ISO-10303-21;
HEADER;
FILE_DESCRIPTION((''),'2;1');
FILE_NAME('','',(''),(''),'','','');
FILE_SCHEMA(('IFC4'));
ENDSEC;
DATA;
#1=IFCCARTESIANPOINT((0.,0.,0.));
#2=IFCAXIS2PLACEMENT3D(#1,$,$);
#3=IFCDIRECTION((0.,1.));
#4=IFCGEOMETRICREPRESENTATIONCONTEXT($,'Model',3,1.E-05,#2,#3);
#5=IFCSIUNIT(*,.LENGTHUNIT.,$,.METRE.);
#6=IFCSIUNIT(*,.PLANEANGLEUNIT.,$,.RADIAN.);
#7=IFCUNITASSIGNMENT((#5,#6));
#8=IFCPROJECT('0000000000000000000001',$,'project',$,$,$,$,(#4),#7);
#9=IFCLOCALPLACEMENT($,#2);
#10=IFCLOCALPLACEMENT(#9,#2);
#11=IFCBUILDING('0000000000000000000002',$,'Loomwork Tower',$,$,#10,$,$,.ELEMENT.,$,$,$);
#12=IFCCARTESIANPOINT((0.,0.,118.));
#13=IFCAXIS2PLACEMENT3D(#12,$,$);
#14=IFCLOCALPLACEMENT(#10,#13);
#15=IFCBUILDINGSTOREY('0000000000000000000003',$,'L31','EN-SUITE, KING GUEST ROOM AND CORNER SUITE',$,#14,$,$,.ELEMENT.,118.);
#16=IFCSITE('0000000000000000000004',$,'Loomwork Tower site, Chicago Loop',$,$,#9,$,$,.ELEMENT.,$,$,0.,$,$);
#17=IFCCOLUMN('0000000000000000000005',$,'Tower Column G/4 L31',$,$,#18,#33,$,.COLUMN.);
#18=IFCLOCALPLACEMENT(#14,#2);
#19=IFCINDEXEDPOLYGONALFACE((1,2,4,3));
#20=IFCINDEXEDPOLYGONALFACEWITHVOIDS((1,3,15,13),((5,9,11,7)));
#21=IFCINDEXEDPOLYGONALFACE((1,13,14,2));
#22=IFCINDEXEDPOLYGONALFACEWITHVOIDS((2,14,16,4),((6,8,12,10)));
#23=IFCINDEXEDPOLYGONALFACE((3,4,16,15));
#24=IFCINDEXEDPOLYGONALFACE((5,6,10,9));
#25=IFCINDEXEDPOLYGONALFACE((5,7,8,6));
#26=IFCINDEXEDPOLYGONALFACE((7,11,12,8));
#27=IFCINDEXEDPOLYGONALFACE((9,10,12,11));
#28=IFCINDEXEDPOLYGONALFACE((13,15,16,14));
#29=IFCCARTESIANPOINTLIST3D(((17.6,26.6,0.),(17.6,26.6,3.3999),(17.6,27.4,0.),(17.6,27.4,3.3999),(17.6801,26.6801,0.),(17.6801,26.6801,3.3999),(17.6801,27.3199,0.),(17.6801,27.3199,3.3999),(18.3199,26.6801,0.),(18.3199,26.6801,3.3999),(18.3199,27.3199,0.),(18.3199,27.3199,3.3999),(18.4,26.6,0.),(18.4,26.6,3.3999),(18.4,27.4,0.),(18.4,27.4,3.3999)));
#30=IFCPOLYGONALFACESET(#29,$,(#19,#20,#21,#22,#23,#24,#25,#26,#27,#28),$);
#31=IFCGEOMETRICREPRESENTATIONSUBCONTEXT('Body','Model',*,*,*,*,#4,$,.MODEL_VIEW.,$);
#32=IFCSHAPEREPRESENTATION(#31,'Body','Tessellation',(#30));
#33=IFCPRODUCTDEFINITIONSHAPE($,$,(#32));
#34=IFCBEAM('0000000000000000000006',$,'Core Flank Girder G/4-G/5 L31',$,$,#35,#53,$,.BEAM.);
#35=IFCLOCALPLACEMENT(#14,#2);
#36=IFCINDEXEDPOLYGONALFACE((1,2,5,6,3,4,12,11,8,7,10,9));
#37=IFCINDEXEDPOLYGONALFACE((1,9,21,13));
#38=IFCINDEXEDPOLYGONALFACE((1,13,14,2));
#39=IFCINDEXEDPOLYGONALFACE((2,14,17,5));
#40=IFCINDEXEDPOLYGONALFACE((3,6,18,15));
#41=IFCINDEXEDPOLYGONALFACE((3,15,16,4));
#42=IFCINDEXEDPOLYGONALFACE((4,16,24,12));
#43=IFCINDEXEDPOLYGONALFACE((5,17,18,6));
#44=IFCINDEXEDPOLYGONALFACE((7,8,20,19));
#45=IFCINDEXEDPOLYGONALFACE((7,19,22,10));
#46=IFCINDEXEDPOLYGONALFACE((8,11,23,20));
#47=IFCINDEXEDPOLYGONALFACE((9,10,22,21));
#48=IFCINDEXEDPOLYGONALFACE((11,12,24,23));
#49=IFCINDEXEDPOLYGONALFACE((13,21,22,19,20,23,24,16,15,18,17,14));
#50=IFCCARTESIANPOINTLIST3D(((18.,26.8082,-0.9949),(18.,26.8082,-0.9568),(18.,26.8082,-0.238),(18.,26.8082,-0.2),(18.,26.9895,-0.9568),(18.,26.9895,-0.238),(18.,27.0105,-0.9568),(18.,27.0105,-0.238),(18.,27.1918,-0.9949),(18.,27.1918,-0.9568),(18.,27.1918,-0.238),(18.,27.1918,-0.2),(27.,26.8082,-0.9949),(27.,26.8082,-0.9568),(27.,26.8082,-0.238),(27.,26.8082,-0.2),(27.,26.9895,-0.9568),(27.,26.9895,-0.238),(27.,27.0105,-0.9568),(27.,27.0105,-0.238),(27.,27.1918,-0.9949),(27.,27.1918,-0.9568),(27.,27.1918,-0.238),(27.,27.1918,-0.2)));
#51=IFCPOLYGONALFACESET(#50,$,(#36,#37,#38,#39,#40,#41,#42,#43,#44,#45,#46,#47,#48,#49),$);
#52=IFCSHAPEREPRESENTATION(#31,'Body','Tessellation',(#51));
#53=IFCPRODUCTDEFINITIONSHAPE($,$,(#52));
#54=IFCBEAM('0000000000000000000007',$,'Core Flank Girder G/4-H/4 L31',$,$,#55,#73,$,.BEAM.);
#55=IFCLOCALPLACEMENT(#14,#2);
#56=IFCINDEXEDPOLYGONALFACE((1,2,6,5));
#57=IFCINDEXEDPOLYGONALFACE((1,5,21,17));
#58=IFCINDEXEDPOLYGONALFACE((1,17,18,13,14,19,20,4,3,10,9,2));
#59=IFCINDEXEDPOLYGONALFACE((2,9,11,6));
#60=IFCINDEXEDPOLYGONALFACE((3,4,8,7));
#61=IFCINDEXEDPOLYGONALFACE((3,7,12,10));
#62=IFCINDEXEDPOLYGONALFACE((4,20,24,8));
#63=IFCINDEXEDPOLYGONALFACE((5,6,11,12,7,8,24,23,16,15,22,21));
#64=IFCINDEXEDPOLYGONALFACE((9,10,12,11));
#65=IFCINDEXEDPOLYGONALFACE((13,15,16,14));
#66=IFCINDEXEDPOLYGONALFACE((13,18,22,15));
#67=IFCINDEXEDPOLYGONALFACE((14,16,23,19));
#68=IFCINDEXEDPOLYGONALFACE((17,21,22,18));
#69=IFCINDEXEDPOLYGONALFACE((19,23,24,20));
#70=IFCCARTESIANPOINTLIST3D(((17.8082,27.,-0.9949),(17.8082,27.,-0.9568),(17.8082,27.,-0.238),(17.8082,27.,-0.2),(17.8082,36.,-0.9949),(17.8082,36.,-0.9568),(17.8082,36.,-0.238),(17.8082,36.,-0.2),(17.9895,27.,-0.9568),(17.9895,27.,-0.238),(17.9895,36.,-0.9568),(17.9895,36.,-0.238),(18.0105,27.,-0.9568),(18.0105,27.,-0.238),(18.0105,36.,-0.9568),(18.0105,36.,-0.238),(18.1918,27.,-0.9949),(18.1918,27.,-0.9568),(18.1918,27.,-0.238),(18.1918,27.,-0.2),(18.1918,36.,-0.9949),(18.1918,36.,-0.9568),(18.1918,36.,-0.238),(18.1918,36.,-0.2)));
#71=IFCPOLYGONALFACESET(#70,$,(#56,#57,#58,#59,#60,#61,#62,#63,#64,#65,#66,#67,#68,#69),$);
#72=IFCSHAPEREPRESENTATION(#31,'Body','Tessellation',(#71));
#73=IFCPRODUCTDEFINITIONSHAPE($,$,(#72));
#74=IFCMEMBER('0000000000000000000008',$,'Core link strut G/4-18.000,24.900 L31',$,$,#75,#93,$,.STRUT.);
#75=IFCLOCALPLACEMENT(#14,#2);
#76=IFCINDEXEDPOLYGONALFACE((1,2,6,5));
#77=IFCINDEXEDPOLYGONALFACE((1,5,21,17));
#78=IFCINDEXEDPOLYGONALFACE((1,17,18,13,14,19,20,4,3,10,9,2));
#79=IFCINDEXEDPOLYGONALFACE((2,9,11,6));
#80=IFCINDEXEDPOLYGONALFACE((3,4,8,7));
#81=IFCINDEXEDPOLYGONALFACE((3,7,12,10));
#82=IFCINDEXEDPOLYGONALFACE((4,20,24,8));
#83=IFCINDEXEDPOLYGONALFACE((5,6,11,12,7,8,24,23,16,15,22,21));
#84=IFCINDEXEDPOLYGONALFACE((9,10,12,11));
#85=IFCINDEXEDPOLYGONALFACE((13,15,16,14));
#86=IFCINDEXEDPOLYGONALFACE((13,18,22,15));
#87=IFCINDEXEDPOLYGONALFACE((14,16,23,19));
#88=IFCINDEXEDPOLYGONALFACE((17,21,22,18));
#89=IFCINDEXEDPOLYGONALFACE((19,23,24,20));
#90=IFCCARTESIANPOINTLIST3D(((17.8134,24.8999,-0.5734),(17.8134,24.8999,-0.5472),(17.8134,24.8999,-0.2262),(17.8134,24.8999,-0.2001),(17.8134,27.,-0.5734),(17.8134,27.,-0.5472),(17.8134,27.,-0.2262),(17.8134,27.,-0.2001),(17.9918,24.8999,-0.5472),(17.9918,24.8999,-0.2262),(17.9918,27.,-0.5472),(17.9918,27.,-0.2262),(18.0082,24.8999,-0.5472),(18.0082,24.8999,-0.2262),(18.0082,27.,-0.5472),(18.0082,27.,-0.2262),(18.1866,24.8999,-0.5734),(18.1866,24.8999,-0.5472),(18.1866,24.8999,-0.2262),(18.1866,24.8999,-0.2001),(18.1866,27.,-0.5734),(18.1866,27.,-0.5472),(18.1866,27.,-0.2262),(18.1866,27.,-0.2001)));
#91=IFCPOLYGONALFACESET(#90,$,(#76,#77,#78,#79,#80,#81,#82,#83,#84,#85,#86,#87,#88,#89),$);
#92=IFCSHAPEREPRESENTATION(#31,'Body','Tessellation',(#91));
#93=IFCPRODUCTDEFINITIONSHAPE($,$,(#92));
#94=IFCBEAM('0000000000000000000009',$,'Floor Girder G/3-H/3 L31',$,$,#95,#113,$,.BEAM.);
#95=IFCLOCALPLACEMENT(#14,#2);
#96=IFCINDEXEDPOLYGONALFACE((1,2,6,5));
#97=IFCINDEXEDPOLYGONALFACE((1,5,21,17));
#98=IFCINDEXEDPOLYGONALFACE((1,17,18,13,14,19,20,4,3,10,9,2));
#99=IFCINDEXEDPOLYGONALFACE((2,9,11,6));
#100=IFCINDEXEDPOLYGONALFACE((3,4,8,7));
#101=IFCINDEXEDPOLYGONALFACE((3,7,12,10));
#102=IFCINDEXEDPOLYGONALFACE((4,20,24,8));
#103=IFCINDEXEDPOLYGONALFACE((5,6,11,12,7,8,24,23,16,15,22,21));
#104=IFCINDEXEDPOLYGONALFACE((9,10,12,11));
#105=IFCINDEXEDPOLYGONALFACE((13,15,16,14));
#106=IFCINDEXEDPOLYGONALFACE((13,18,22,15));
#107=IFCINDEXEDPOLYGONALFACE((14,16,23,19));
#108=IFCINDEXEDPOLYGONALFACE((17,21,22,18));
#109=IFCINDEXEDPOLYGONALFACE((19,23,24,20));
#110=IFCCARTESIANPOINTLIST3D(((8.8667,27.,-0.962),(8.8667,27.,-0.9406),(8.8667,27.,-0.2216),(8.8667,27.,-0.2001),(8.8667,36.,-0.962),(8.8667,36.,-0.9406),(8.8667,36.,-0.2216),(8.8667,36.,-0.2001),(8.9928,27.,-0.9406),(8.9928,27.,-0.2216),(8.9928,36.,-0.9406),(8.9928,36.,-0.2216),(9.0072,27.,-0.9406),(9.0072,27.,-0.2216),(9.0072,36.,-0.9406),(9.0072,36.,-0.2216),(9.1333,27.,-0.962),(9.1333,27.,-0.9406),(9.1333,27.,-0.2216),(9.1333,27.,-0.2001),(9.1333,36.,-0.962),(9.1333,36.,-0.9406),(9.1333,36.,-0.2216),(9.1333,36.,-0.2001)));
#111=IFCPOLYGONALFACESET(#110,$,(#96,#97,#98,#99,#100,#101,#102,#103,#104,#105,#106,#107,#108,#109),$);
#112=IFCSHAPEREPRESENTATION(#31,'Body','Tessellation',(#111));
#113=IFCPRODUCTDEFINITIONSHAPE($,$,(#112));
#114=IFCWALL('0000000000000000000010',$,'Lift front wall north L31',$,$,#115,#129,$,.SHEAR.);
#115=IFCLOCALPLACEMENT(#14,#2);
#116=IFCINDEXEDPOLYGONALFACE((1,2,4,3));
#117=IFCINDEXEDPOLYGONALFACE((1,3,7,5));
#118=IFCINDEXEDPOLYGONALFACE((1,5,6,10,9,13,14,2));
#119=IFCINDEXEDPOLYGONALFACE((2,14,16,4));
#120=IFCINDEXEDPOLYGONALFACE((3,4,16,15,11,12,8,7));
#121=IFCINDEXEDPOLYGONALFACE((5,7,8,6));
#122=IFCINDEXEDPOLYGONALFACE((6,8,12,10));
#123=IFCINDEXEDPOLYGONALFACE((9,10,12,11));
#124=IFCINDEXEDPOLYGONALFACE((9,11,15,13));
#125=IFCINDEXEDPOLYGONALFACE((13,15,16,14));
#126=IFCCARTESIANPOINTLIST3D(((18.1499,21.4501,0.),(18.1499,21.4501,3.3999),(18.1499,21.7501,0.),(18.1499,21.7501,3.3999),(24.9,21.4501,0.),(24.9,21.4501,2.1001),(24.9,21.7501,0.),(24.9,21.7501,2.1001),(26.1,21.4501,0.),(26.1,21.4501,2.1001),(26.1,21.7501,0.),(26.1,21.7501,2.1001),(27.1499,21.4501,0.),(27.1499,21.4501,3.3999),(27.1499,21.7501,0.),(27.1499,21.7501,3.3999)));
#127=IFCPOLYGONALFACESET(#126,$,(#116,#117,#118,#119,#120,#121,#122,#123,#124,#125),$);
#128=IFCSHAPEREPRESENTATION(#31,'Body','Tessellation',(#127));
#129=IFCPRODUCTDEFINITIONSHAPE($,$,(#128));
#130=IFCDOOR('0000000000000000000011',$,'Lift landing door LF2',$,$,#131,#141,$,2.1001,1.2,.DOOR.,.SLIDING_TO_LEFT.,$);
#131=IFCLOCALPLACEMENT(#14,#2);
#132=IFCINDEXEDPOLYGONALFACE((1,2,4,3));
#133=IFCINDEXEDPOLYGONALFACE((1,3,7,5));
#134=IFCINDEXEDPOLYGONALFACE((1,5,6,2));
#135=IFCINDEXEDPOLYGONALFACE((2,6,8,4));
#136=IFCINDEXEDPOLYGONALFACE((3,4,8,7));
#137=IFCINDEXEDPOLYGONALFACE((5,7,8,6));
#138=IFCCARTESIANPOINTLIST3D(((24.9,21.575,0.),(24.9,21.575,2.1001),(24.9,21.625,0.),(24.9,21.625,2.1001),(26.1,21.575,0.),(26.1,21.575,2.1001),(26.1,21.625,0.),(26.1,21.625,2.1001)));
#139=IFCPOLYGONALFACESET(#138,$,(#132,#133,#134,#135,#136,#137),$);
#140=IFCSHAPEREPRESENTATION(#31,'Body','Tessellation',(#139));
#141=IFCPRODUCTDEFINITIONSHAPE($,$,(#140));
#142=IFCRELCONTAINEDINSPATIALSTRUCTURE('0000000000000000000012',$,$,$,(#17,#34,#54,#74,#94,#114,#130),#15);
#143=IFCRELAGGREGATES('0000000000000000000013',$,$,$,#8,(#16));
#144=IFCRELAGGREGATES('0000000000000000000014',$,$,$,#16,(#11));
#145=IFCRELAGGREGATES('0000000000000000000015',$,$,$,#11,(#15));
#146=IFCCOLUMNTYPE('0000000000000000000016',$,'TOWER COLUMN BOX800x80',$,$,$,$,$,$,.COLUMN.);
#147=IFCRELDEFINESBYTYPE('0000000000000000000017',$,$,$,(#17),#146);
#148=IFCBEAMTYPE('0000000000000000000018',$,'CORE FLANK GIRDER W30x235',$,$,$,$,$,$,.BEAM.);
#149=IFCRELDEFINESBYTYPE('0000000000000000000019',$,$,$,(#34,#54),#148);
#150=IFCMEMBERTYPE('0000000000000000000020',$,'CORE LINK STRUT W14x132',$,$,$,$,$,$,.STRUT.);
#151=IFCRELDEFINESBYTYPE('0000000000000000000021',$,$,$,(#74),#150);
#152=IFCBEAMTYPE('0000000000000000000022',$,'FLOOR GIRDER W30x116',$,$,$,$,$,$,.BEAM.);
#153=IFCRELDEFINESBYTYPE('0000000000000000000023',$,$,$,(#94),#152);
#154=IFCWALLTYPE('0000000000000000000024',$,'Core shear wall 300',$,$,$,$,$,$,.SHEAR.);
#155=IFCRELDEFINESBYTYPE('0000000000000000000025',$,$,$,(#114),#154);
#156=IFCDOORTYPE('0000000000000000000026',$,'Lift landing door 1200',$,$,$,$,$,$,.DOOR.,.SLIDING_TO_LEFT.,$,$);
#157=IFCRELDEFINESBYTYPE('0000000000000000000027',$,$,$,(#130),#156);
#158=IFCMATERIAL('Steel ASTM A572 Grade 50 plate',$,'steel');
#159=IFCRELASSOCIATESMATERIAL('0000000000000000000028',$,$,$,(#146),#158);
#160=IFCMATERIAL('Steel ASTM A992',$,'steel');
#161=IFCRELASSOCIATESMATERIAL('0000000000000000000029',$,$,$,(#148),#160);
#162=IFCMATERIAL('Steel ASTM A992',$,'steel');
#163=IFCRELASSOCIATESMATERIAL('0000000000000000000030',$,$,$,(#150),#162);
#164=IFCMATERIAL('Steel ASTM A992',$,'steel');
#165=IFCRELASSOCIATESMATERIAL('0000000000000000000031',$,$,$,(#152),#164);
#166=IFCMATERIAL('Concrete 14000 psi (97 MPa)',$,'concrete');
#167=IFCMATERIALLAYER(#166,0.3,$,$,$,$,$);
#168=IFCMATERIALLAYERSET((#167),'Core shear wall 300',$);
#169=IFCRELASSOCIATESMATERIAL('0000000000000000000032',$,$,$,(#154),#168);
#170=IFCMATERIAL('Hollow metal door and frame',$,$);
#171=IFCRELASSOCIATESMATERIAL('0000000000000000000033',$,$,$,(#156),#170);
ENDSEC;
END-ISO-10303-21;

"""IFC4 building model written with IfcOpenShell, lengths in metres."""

from ifc_helpers import new_model, si_unit, direction, frame, frame_2d, origin, origin_2d, place, context, subcontext, project, spatial, rectangle, hollow_rectangle, i_section, extrude, material, layer, layer_set, material_profile, profile_set, type_object, element, fill, save


model = new_model("IFC4")

# Units and contexts
model_context = context("Model", 3, precision=1e-05, world=origin(), true_north=direction((0.0, 1.0)))
body_context = subcontext(model_context, "Body", "Model", "MODEL_VIEW")
ifc_project = project(units=[si_unit("LENGTHUNIT", "METRE"), si_unit("PLANEANGLEUNIT", "RADIAN")], contexts=[model_context])

# Site, building, storey
site_placement = place(None, origin())
site = spatial("IfcSite", under=ifc_project, at=site_placement, Name="Loomwork Tower site, Chicago Loop", CompositionType="ELEMENT", RefElevation=0.0)
building_placement = place(site_placement, origin())
building = spatial("IfcBuilding", under=site, at=building_placement, Name="Loomwork Tower", CompositionType="ELEMENT")
storey_placement = place(building_placement, frame((0.0, 0.0, 118.0)))
storey = spatial("IfcBuildingStorey", under=building, at=storey_placement, Name="L31", Description="EN-SUITE, KING GUEST ROOM AND CORNER SUITE", CompositionType="ELEMENT", Elevation=118.0)

# Column
ifc_material_1 = material(Name="Steel ASTM A572 Grade 50 plate", Category="steel")
ifc_material_profile_1 = material_profile(ifc_material_1, hollow_rectangle(XDim=0.8, YDim=0.8, WallThickness=0.0801, at=origin_2d()), Name="BOX800x80")
ifc_profile_set_1 = profile_set([ifc_material_profile_1], Name="Steel ASTM A572 Grade 50 plate")
column_type = type_object("IfcColumnType", Name="TOWER COLUMN BOX800x80", PredefinedType="COLUMN", material=ifc_profile_set_1)
column_placement = place(storey_placement, frame((18.0, 27.0, 0.0), z_axis=(0.0, 0.0, 1.0), x_axis=(1.0, 0.0, 0.0)))
element("IfcColumn", 1, at=column_placement, inside=storey, type_object=column_type, Name="Tower Column G/4 L31", PredefinedType="COLUMN", context=body_context, shape_type="SweptSolid", body=[
    extrude(hollow_rectangle(XDim=0.8, YDim=0.8, WallThickness=0.0801, at=origin_2d()), origin(), (0.0, 0.0, 1.0), 3.3999),
])

# Beams
ifc_material_2 = material(Name="Steel ASTM A992", Category="steel")
ifc_material_profile_2 = material_profile(ifc_material_2, i_section(OverallWidth=0.3835, OverallDepth=0.7949, WebThickness=0.021, FlangeThickness=0.0381, at=origin_2d()), Name="W30x235")
ifc_profile_set_2 = profile_set([ifc_material_profile_2], Name="Steel ASTM A992")
beam_type_1 = type_object("IfcBeamType", Name="CORE FLANK GIRDER W30x235", PredefinedType="BEAM", material=ifc_profile_set_2)
for number, where, z_axis, x_axis, name in (
    (2, (18.0, 27.0, -0.5974), (1.0, 0.0, 0.0), (0.0, 1.0, 0.0), "Core Flank Girder G/4-G/5 L31"),
    (3, (18.0, 27.0, -0.5974), (0.0, 1.0, 0.0), (-1.0, 0.0, 0.0), "Core Flank Girder G/4-H/4 L31"),
):
    element("IfcBeam", number, at=place(storey_placement, frame(where, z_axis=z_axis, x_axis=x_axis)), inside=storey, type_object=beam_type_1, Name=name, PredefinedType="BEAM", context=body_context, shape_type="SweptSolid", body=[
        extrude(i_section(OverallWidth=0.3835, OverallDepth=0.7949, WebThickness=0.021, FlangeThickness=0.0381, at=origin_2d()), origin(), (0.0, 0.0, 1.0), 9.0),
    ])

# Member
ifc_material_3 = material(Name="Steel ASTM A992", Category="steel")
ifc_material_profile_3 = material_profile(ifc_material_3, i_section(OverallWidth=0.3733, OverallDepth=0.3733, WebThickness=0.0164, FlangeThickness=0.0261, at=origin_2d()), Name="W14x132")
ifc_profile_set_3 = profile_set([ifc_material_profile_3], Name="Steel ASTM A992")
member_type = type_object("IfcMemberType", Name="CORE LINK STRUT W14x132", PredefinedType="STRUT", material=ifc_profile_set_3)
member_placement = place(storey_placement, frame((18.0, 27.0, -0.3867), z_axis=(0.0, -1.0, 0.0), x_axis=(1.0, 0.0, 0.0)))
element("IfcMember", 4, at=member_placement, inside=storey, type_object=member_type, Name="Core link strut G/4-18.000,24.900 L31", PredefinedType="STRUT", context=body_context, shape_type="SweptSolid", body=[
    extrude(i_section(OverallWidth=0.3733, OverallDepth=0.3733, WebThickness=0.0164, FlangeThickness=0.0261, at=origin_2d()), origin(), (0.0, 0.0, 1.0), 2.1001),
])

# Beam
ifc_material_4 = material(Name="Steel ASTM A992", Category="steel")
ifc_material_profile_4 = material_profile(ifc_material_4, i_section(OverallWidth=0.2666, OverallDepth=0.762, WebThickness=0.0144, FlangeThickness=0.0215, at=origin_2d()), Name="W30x116")
ifc_profile_set_4 = profile_set([ifc_material_profile_4], Name="Steel ASTM A992")
beam_type_2 = type_object("IfcBeamType", Name="FLOOR GIRDER W30x116", PredefinedType="BEAM", material=ifc_profile_set_4)
beam_placement = place(storey_placement, frame((9.0, 27.0, -0.5811), z_axis=(0.0, 1.0, 0.0), x_axis=(-1.0, 0.0, 0.0)))
element("IfcBeam", 5, at=beam_placement, inside=storey, type_object=beam_type_2, Name="Floor Girder G/3-H/3 L31", PredefinedType="BEAM", context=body_context, shape_type="SweptSolid", body=[
    extrude(i_section(OverallWidth=0.2666, OverallDepth=0.762, WebThickness=0.0144, FlangeThickness=0.0215, at=origin_2d()), origin(), (0.0, 0.0, 1.0), 9.0),
])

# Wall, opening, door
ifc_material_5 = material(Name="Concrete 14000 psi (97 MPa)", Category="concrete")
ifc_layer_1 = layer(ifc_material_5, 0.3)
ifc_layer_set_1 = layer_set([ifc_layer_1], Name="Core shear wall 300")
wall_type_1 = type_object("IfcWallType", Name="Core shear wall 300", PredefinedType="SHEAR", material=ifc_layer_set_1)
wall_1_placement = place(storey_placement, frame((18.1499, 21.6001, 0.0), z_axis=(0.0, 0.0, 1.0), x_axis=(1.0, 0.0, 0.0)))
wall_1 = element("IfcWall", 6, at=wall_1_placement, inside=storey, type_object=wall_type_1, Name="Lift front wall north L31", PredefinedType="SHEAR", context=body_context, shape_type="SweptSolid", body=[
    extrude(rectangle(XDim=9.0, YDim=0.3, at=frame_2d((4.5, 0.0))), origin(), (0.0, 0.0, 1.0), 3.3999),
])
opening_1_placement = place(wall_1_placement, frame((6.75, 0.0, 0.0)))
opening_1 = element("IfcOpeningElement", 7, at=opening_1_placement, cuts=wall_1, PredefinedType="OPENING", context=body_context, shape_type="SweptSolid", body=[
    extrude(rectangle(XDim=1.2, YDim=2.1001, at=frame_2d((0.6001, 1.05))), frame((0.0, 0.1599, 0.0), z_axis=(0.0, -1.0, 0.0), x_axis=(1.0, 0.0, 0.0)), (0.0, 0.0, 1.0), 0.3201),
])
ifc_material_6 = material(Name="Hollow metal door and frame")
door_type_1 = type_object("IfcDoorType", Name="Lift landing door 1200", OperationType="SLIDING_TO_LEFT", PredefinedType="DOOR", material=ifc_material_6)
door_1_placement = place(opening_1_placement, origin())
door_1 = element("IfcDoor", 8, at=door_1_placement, inside=storey, type_object=door_type_1, Name="Lift landing door LF2", OperationType="SLIDING_TO_LEFT", OverallHeight=2.1001, OverallWidth=1.2, PredefinedType="DOOR", context=body_context, shape_type="SweptSolid", body=[
    extrude(rectangle(XDim=1.2, YDim=2.1001, at=frame_2d((0.6001, 1.05))), frame((0.0, 0.0249, 0.0), z_axis=(0.0, -1.0, 0.0), x_axis=(1.0, 0.0, 0.0)), (0.0, 0.0, 1.0), 0.05),
])
fill(opening_1, door_1)

save(model, "model.ifc")
